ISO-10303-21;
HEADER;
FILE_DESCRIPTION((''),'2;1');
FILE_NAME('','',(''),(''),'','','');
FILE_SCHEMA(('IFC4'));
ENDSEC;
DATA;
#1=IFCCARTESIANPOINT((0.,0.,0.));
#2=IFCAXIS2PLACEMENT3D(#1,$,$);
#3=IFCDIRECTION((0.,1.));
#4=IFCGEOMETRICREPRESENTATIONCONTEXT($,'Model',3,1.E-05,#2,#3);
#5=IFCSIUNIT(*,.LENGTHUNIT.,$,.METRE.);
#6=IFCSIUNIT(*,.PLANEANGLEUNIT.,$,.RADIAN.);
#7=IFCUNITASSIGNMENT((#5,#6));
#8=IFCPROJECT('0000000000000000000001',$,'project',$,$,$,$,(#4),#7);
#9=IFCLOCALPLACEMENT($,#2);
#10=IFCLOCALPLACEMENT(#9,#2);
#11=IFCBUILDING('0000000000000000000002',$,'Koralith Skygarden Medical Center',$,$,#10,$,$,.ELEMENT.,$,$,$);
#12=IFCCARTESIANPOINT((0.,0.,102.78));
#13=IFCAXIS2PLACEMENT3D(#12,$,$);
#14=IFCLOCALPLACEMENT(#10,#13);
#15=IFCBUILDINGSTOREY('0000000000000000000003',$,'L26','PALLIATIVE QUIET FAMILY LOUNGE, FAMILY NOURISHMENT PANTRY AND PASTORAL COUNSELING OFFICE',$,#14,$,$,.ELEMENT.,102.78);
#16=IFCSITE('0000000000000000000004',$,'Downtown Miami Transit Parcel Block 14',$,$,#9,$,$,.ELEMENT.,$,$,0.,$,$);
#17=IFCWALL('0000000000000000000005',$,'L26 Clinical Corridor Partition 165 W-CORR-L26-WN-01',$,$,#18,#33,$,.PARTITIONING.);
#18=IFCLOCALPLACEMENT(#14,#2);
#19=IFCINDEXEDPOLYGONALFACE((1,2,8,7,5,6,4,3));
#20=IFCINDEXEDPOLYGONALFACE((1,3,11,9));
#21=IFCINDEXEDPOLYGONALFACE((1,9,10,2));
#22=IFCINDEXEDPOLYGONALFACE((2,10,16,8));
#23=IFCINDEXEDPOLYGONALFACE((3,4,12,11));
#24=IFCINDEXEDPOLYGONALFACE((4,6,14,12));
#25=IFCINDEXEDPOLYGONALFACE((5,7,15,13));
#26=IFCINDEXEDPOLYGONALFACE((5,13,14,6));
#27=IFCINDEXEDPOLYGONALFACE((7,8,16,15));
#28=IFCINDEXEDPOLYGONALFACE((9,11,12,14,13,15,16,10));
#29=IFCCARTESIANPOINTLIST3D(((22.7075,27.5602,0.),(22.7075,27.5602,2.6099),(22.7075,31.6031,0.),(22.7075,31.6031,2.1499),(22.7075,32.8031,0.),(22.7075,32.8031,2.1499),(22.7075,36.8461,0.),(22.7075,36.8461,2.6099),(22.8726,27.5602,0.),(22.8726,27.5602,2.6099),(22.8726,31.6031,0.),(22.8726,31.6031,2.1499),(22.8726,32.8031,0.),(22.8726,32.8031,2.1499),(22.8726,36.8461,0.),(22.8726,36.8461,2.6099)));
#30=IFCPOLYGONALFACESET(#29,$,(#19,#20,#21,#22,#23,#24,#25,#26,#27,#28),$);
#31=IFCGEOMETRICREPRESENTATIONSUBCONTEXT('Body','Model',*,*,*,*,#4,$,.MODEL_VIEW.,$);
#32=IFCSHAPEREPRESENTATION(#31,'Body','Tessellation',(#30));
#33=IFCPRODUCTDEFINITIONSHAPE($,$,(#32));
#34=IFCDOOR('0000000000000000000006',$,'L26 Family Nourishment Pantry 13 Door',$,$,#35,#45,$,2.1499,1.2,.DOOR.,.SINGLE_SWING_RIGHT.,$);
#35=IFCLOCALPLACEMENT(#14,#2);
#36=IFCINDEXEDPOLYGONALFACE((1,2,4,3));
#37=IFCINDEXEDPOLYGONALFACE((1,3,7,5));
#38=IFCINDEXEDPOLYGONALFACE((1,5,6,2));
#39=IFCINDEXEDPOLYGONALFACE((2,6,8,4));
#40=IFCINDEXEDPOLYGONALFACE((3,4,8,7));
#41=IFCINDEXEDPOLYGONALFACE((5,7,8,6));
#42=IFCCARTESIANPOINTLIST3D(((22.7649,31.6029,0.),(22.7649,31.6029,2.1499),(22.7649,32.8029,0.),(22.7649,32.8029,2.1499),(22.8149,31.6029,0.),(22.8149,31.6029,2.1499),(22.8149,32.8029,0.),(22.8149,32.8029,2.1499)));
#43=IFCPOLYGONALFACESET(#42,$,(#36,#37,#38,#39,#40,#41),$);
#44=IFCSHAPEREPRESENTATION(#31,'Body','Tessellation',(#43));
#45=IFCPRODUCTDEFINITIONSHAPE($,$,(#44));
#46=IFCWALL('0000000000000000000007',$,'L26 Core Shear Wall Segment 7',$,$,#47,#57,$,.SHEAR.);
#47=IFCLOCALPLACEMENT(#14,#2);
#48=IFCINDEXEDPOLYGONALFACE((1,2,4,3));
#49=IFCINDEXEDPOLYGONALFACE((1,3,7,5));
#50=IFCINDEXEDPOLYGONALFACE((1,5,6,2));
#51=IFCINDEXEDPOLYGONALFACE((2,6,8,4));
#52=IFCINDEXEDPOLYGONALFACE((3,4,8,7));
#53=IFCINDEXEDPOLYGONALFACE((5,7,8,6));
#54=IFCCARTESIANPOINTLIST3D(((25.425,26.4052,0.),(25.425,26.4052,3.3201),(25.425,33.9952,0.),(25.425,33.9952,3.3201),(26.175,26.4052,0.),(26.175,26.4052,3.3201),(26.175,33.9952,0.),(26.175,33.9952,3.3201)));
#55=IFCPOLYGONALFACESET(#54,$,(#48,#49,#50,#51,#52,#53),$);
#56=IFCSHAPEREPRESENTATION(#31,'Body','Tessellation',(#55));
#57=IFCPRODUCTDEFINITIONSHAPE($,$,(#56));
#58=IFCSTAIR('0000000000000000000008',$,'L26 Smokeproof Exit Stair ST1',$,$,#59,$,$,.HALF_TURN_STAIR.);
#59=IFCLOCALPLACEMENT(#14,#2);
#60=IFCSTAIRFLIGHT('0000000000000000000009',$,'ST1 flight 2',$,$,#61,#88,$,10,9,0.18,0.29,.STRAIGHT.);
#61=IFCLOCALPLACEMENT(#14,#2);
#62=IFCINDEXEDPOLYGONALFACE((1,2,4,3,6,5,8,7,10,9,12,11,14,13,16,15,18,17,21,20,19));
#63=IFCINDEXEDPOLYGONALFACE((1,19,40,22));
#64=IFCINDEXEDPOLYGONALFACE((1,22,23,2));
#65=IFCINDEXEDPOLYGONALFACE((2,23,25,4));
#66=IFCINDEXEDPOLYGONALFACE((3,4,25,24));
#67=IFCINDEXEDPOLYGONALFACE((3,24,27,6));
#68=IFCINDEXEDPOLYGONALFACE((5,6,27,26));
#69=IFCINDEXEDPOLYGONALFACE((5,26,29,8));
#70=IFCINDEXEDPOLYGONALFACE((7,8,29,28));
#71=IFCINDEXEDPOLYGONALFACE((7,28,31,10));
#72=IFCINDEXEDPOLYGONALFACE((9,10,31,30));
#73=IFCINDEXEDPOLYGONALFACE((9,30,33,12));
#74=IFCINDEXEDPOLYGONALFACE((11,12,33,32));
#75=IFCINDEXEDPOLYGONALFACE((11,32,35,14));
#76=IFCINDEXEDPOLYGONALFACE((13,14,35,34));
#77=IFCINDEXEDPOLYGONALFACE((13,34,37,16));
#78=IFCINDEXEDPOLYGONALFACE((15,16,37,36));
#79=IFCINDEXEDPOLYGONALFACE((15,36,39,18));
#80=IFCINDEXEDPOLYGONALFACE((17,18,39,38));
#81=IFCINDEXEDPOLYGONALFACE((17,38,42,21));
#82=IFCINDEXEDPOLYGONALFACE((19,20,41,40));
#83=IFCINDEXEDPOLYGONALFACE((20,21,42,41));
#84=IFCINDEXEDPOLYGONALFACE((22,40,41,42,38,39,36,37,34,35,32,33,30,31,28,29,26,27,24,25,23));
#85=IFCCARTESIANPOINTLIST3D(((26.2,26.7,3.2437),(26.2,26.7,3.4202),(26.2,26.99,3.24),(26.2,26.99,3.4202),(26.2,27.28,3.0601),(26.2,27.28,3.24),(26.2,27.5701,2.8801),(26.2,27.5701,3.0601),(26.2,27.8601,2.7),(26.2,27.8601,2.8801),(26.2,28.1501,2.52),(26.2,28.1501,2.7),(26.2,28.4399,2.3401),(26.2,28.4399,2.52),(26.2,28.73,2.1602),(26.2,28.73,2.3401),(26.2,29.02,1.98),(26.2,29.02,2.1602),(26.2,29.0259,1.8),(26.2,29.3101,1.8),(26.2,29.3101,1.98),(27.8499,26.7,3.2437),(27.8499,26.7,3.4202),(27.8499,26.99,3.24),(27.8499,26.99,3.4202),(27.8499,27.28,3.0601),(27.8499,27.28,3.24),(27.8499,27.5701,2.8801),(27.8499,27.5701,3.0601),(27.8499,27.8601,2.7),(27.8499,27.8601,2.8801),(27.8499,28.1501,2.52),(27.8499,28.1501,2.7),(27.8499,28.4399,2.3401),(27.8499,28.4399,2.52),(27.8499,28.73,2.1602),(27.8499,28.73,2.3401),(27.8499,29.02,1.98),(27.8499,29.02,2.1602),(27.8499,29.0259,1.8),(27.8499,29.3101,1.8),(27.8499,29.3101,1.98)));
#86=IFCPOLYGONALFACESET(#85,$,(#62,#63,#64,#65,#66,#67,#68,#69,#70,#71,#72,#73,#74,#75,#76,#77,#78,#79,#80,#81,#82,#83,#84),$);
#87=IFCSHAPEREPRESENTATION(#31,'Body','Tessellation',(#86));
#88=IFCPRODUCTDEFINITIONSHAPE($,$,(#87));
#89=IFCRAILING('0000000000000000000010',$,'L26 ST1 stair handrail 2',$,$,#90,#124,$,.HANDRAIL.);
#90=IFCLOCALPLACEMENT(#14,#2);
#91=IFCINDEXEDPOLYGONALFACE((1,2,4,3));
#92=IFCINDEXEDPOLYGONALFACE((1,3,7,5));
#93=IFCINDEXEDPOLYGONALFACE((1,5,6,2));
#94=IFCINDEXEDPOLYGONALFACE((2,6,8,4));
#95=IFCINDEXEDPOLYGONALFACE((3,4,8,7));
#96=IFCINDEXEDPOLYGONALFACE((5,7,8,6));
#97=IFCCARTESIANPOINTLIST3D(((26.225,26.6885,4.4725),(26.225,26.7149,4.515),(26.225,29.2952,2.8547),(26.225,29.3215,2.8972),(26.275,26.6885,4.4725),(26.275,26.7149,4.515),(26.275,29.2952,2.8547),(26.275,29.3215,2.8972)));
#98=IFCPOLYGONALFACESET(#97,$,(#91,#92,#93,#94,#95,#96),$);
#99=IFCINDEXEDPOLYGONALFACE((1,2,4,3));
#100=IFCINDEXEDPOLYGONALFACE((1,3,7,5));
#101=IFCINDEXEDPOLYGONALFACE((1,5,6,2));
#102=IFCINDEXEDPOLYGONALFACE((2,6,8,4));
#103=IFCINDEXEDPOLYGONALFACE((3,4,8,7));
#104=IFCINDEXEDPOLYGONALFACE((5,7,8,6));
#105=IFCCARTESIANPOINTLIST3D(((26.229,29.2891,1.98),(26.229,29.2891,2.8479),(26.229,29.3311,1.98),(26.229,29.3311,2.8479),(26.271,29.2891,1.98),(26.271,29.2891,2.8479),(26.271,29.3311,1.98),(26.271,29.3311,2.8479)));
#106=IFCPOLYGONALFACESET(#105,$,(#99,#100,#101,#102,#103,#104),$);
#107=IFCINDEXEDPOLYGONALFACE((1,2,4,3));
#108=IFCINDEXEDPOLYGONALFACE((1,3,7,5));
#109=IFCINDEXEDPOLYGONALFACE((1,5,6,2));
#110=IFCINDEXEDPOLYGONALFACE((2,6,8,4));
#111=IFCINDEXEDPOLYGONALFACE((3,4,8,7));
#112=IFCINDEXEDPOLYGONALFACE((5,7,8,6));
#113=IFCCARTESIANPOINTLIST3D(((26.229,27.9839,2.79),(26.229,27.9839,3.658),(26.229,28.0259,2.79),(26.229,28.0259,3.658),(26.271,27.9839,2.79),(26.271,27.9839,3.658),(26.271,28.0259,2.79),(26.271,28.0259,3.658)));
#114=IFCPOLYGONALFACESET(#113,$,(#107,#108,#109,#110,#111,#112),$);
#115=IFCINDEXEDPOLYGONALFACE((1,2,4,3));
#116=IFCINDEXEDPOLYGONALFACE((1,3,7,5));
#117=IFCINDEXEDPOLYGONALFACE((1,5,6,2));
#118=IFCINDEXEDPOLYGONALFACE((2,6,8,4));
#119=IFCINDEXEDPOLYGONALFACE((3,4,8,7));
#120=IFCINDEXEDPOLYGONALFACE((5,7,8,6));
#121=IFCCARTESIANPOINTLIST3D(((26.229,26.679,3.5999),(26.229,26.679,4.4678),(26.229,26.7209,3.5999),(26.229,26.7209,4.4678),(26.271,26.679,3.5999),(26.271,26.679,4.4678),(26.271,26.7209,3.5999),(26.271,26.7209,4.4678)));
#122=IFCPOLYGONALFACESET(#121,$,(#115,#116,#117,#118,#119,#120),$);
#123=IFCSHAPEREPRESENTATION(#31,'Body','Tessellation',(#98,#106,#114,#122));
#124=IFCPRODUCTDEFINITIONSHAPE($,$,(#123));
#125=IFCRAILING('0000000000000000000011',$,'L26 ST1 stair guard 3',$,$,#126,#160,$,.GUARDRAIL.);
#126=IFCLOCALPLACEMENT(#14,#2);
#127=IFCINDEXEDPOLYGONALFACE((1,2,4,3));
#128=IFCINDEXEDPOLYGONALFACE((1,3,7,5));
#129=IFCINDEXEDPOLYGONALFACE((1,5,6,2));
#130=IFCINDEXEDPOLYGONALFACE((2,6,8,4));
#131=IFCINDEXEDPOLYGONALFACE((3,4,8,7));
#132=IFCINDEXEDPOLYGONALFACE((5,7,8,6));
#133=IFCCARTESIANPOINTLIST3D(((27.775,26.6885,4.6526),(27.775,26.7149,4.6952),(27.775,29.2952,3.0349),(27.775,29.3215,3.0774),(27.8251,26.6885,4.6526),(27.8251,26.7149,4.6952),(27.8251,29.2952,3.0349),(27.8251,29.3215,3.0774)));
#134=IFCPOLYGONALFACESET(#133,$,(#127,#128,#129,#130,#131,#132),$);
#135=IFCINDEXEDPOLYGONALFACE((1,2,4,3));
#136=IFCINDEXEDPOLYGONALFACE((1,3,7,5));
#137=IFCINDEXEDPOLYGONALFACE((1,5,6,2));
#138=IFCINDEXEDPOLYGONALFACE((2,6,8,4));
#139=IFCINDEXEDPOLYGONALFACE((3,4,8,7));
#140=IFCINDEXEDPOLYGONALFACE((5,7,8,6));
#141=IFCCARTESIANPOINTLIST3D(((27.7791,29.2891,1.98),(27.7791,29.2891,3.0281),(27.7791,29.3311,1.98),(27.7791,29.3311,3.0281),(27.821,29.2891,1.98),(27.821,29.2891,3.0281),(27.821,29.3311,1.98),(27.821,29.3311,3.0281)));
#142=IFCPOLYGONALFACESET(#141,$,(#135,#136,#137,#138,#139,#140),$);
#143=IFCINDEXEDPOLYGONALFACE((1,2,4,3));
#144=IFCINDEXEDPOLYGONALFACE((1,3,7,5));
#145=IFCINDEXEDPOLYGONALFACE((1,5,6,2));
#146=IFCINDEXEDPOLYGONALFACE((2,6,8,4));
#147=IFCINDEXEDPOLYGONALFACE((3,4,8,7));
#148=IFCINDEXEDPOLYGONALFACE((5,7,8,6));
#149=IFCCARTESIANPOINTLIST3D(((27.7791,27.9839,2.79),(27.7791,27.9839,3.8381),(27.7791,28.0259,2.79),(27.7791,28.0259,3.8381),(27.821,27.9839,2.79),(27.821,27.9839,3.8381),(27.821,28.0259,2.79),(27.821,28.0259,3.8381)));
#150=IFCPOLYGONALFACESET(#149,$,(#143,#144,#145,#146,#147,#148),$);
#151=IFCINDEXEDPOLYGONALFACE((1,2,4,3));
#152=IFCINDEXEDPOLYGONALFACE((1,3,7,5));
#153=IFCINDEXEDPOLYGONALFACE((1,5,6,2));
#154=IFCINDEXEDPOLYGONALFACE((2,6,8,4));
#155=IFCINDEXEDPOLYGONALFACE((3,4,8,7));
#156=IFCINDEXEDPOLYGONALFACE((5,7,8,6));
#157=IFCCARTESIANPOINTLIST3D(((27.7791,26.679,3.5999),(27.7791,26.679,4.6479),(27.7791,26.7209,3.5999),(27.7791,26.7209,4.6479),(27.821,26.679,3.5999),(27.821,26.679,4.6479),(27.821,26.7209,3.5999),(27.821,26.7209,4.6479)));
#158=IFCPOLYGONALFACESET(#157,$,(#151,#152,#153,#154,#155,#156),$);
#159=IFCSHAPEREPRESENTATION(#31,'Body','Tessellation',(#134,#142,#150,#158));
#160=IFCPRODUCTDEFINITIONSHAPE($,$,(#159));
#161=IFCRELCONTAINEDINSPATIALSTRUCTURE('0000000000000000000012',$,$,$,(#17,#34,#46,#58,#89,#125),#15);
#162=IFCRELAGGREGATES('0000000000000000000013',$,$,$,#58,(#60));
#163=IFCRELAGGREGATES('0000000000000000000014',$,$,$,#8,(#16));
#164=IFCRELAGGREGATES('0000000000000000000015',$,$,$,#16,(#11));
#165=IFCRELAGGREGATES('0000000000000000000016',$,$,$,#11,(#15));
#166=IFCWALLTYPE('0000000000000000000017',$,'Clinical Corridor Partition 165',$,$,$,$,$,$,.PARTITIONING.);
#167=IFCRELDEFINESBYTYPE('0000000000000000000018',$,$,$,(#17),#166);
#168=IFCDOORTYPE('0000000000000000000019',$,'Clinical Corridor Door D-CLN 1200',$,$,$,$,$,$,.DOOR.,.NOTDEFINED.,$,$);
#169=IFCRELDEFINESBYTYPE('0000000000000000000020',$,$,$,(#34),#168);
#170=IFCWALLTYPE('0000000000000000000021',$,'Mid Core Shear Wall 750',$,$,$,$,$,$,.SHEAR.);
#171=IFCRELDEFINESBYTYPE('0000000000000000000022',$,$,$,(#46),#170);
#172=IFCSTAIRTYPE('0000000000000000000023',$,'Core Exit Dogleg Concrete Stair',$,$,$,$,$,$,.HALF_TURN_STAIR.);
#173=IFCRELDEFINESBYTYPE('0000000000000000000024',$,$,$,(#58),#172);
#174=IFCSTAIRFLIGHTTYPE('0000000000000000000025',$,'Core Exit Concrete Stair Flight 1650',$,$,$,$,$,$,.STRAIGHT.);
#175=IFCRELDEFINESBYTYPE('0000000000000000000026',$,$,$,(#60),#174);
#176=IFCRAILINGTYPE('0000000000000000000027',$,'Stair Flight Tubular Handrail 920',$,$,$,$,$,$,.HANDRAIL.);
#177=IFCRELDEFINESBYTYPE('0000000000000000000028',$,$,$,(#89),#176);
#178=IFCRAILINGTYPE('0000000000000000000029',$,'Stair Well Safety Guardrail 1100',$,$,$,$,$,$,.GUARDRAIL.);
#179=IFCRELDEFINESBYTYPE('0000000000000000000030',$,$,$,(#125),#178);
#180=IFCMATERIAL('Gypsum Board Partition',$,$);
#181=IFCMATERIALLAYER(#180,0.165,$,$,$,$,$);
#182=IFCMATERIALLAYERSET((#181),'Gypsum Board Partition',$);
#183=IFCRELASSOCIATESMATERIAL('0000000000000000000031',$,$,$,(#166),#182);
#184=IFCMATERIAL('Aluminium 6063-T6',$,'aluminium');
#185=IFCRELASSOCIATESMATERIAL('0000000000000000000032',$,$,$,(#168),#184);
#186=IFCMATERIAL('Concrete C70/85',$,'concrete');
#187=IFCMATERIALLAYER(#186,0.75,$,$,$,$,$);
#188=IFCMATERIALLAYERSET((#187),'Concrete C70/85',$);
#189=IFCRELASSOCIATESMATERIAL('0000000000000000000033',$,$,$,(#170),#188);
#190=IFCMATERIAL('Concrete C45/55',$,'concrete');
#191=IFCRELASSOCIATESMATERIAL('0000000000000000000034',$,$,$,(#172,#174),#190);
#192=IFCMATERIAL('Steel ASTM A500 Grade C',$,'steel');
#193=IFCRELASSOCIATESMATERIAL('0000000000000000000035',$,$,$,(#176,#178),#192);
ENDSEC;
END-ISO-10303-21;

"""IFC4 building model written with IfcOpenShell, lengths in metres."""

from ifc_helpers import new_model, si_unit, direction, frame, frame_2d, origin, origin_2d, place, context, subcontext, project, spatial, polyline, rectangle, outline, extrude, material, layer, layer_set, type_object, element, fill, aggregate, save


model = new_model("IFC4")

# Units and contexts
model_context = context("Model", 3, precision=1e-05, world=origin(), true_north=direction((0.0, 1.0)))
body_context = subcontext(model_context, "Body", "Model", "MODEL_VIEW")
ifc_project = project(units=[si_unit("LENGTHUNIT", "METRE"), si_unit("PLANEANGLEUNIT", "RADIAN")], contexts=[model_context])

# Site, building, storey
site_placement = place(None, origin())
site = spatial("IfcSite", under=ifc_project, at=site_placement, Name="Downtown Miami Transit Parcel Block 14", CompositionType="ELEMENT", RefElevation=0.0)
building_placement = place(site_placement, origin())
building = spatial("IfcBuilding", under=site, at=building_placement, Name="Koralith Skygarden Medical Center", CompositionType="ELEMENT")
storey_placement = place(building_placement, frame((0.0, 0.0, 102.78)))
storey = spatial("IfcBuildingStorey", under=building, at=storey_placement, Name="L26", Description="PALLIATIVE QUIET FAMILY LOUNGE, FAMILY NOURISHMENT PANTRY AND PASTORAL COUNSELING OFFICE", CompositionType="ELEMENT", Elevation=102.78)

# Shared definitions
ifc_material_1 = material(Name="Concrete C70/85", Category="concrete")

# Shared definitions
ifc_material_2 = material(Name="Aluminium 6063-T6", Category="aluminium")

# Shared definitions
ifc_material_3 = material(Name="Concrete C45/55", Category="concrete")

# Shared definitions
ifc_material_4 = material(Name="Gypsum Board Partition")
ifc_layer_1 = layer(ifc_material_4, 0.165)
ifc_layer_set_1 = layer_set([ifc_layer_1], Name="Gypsum Board Partition")
wall_type_1 = type_object("IfcWallType", Name="Clinical Corridor Partition 165", PredefinedType="PARTITIONING", material=ifc_layer_set_1)

# Wall, opening, door
wall_1_placement = place(storey_placement, frame((22.79, 27.5601, 0.0), z_axis=(0.0, 0.0, 1.0), x_axis=(0.0, 1.0, 0.0)))
wall_1 = element("IfcWall", 1, at=wall_1_placement, inside=storey, type_object=wall_type_1, Name="L26 Clinical Corridor Partition 165 W-CORR-L26-WN-01", PredefinedType="PARTITIONING", context=body_context, shape_type="SweptSolid", body=[
    extrude(rectangle(XDim=9.2859, YDim=0.165, at=frame_2d((4.6431, 0.0))), origin(), (0.0, 0.0, 1.0), 2.6099),
])
opening_1_placement = place(wall_1_placement, frame((4.043, 0.0, 0.0)))
opening_1 = element("IfcOpeningElement", 2, at=opening_1_placement, cuts=wall_1, PredefinedType="OPENING", context=body_context, shape_type="SweptSolid", body=[
    extrude(rectangle(XDim=1.2, YDim=2.1499, at=frame_2d((0.6001, 1.075))), frame((0.0, 0.0925, 0.0), z_axis=(0.0, -1.0, 0.0), x_axis=(1.0, 0.0, 0.0)), (0.0, 0.0, 1.0), 0.1851),
])
door_type_1 = type_object("IfcDoorType", Name="Clinical Corridor Door D-CLN 1200", OperationType="NOTDEFINED", PredefinedType="DOOR", material=ifc_material_2)
door_1_placement = place(opening_1_placement, frame((1.2, 0.0, 0.0), z_axis=(0.0, 0.0, 1.0), x_axis=(-1.0, 0.0, 0.0)))
door_1 = element("IfcDoor", 3, at=door_1_placement, inside=storey, type_object=door_type_1, Name="L26 Family Nourishment Pantry 13 Door", OperationType="SINGLE_SWING_RIGHT", OverallHeight=2.1499, OverallWidth=1.2, PredefinedType="DOOR", context=body_context, shape_type="SweptSolid", body=[
    extrude(rectangle(XDim=1.2, YDim=2.1499, at=frame_2d((0.6001, 1.075))), frame((0.0, 0.0249, 0.0), z_axis=(0.0, -1.0, 0.0), x_axis=(1.0, 0.0, 0.0)), (0.0, 0.0, 1.0), 0.05),
])
fill(opening_1, door_1)

# Wall
ifc_layer_2 = layer(ifc_material_1, 0.75)
ifc_layer_set_2 = layer_set([ifc_layer_2], Name="Concrete C70/85")
wall_type_2 = type_object("IfcWallType", Name="Mid Core Shear Wall 750", PredefinedType="SHEAR", material=ifc_layer_set_2)
wall_2_placement = place(storey_placement, frame((25.8, 33.9951, 0.0), z_axis=(0.0, 0.0, 1.0), x_axis=(0.0, -1.0, 0.0)))
element("IfcWall", 4, at=wall_2_placement, inside=storey, type_object=wall_type_2, Name="L26 Core Shear Wall Segment 7", PredefinedType="SHEAR", context=body_context, shape_type="SweptSolid", body=[
    extrude(rectangle(XDim=7.5901, YDim=0.75, at=frame_2d((3.7949, 0.0))), origin(), (0.0, 0.0, 1.0), 3.3201),
])

# Shared definitions
ifc_material_5 = material(Name="Steel ASTM A500 Grade C", Category="steel")

# Stair, stair flight
stair_type = type_object("IfcStairType", Name="Core Exit Dogleg Concrete Stair", PredefinedType="HALF_TURN_STAIR", material=ifc_material_3)
stair_placement = place(storey_placement, origin())
stair = element("IfcStair", 5, at=stair_placement, inside=storey, type_object=stair_type, Name="L26 Smokeproof Exit Stair ST1", PredefinedType="HALF_TURN_STAIR")
stair_flight_type = type_object("IfcStairFlightType", Name="Core Exit Concrete Stair Flight 1650", PredefinedType="STRAIGHT", material=ifc_material_3)
stair_flight_placement = place(storey_placement, frame((27.0249, 29.3101, 1.8), z_axis=(0.0, 0.0, 1.0), x_axis=(0.0, -1.0, 0.0)))
stair_flight = element("IfcStairFlight", 6, at=stair_flight_placement, type_object=stair_flight_type, Name="ST1 flight 2", NumberOfRisers=10, NumberOfTreads=9, PredefinedType="STRAIGHT", RiserHeight=0.18, TreadLength=0.29, context=body_context, shape_type="SweptSolid", body=[
    extrude(outline(polyline([(0.0, 0.0), (0.0, 0.1799), (0.29, 0.1799), (0.29, 0.3601), (0.5801, 0.3601), (0.5801, 0.54), (0.8701, 0.54), (0.8701, 0.72), (1.1599, 0.72), (1.1599, 0.8999), (1.45, 0.8999), (1.45, 1.0801), (1.74, 1.0801), (1.74, 1.26), (2.03, 1.26), (2.03, 1.4399), (2.3201, 1.4399), (2.3201, 1.6201), (2.6101, 1.6201), (2.6101, 1.8), (2.6101, 1.4436), (0.2842, 0.0), (0.0, 0.0)])), frame((0.0, 0.825, 0.0), z_axis=(0.0, -1.0, 0.0), x_axis=(1.0, 0.0, 0.0)), (0.0, 0.0, 1.0), 1.6499),
])
aggregate(stair, [stair_flight])

# Railings
railing_type_1 = type_object("IfcRailingType", Name="Stair Flight Tubular Handrail 920", PredefinedType="HANDRAIL", material=ifc_material_5)
railing_1_placement = place(storey_placement, frame((26.25, 29.3101, 1.98)))
element("IfcRailing", 7, at=railing_1_placement, inside=storey, type_object=railing_type_1, Name="L26 ST1 stair handrail 2", PredefinedType="HANDRAIL", context=body_context, shape_type="SweptSolid", body=[
    extrude(rectangle(XDim=0.05, YDim=0.05, at=origin_2d()), frame((0.0, -0.0017, 0.896), z_axis=(0.0, -0.849668, 0.527317), x_axis=(1.0, 0.0, 0.0)), (0.0, 0.0, 1.0), 3.0679),
    extrude(rectangle(XDim=0.042, YDim=0.042, at=origin_2d()), origin(), (0.0, 0.0, 1.0), 0.8679),
    extrude(rectangle(XDim=0.042, YDim=0.042, at=origin_2d()), frame((0.0, -1.3052, 0.8101)), (0.0, 0.0, 1.0), 0.8679),
    extrude(rectangle(XDim=0.042, YDim=0.042, at=origin_2d()), frame((0.0, -2.6101, 1.6199)), (0.0, 0.0, 1.0), 0.8679),
])
railing_type_2 = type_object("IfcRailingType", Name="Stair Well Safety Guardrail 1100", PredefinedType="GUARDRAIL", material=ifc_material_5)
railing_2_placement = place(storey_placement, frame((27.8, 29.3101, 1.98)))
element("IfcRailing", 8, at=railing_2_placement, inside=storey, type_object=railing_type_2, Name="L26 ST1 stair guard 3", PredefinedType="GUARDRAIL", context=body_context, shape_type="SweptSolid", body=[
    extrude(rectangle(XDim=0.05, YDim=0.05, at=origin_2d()), frame((0.0, -0.0017, 1.0762), z_axis=(0.0, -0.849668, 0.527317), x_axis=(1.0, 0.0, 0.0)), (0.0, 0.0, 1.0), 3.0679),
    extrude(rectangle(XDim=0.042, YDim=0.042, at=origin_2d()), origin(), (0.0, 0.0, 1.0), 1.0481),
    extrude(rectangle(XDim=0.042, YDim=0.042, at=origin_2d()), frame((0.0, -1.3052, 0.8101)), (0.0, 0.0, 1.0), 1.0481),
    extrude(rectangle(XDim=0.042, YDim=0.042, at=origin_2d()), frame((0.0, -2.6101, 1.6199)), (0.0, 0.0, 1.0), 1.0481),
])

save(model, "model.ifc")
